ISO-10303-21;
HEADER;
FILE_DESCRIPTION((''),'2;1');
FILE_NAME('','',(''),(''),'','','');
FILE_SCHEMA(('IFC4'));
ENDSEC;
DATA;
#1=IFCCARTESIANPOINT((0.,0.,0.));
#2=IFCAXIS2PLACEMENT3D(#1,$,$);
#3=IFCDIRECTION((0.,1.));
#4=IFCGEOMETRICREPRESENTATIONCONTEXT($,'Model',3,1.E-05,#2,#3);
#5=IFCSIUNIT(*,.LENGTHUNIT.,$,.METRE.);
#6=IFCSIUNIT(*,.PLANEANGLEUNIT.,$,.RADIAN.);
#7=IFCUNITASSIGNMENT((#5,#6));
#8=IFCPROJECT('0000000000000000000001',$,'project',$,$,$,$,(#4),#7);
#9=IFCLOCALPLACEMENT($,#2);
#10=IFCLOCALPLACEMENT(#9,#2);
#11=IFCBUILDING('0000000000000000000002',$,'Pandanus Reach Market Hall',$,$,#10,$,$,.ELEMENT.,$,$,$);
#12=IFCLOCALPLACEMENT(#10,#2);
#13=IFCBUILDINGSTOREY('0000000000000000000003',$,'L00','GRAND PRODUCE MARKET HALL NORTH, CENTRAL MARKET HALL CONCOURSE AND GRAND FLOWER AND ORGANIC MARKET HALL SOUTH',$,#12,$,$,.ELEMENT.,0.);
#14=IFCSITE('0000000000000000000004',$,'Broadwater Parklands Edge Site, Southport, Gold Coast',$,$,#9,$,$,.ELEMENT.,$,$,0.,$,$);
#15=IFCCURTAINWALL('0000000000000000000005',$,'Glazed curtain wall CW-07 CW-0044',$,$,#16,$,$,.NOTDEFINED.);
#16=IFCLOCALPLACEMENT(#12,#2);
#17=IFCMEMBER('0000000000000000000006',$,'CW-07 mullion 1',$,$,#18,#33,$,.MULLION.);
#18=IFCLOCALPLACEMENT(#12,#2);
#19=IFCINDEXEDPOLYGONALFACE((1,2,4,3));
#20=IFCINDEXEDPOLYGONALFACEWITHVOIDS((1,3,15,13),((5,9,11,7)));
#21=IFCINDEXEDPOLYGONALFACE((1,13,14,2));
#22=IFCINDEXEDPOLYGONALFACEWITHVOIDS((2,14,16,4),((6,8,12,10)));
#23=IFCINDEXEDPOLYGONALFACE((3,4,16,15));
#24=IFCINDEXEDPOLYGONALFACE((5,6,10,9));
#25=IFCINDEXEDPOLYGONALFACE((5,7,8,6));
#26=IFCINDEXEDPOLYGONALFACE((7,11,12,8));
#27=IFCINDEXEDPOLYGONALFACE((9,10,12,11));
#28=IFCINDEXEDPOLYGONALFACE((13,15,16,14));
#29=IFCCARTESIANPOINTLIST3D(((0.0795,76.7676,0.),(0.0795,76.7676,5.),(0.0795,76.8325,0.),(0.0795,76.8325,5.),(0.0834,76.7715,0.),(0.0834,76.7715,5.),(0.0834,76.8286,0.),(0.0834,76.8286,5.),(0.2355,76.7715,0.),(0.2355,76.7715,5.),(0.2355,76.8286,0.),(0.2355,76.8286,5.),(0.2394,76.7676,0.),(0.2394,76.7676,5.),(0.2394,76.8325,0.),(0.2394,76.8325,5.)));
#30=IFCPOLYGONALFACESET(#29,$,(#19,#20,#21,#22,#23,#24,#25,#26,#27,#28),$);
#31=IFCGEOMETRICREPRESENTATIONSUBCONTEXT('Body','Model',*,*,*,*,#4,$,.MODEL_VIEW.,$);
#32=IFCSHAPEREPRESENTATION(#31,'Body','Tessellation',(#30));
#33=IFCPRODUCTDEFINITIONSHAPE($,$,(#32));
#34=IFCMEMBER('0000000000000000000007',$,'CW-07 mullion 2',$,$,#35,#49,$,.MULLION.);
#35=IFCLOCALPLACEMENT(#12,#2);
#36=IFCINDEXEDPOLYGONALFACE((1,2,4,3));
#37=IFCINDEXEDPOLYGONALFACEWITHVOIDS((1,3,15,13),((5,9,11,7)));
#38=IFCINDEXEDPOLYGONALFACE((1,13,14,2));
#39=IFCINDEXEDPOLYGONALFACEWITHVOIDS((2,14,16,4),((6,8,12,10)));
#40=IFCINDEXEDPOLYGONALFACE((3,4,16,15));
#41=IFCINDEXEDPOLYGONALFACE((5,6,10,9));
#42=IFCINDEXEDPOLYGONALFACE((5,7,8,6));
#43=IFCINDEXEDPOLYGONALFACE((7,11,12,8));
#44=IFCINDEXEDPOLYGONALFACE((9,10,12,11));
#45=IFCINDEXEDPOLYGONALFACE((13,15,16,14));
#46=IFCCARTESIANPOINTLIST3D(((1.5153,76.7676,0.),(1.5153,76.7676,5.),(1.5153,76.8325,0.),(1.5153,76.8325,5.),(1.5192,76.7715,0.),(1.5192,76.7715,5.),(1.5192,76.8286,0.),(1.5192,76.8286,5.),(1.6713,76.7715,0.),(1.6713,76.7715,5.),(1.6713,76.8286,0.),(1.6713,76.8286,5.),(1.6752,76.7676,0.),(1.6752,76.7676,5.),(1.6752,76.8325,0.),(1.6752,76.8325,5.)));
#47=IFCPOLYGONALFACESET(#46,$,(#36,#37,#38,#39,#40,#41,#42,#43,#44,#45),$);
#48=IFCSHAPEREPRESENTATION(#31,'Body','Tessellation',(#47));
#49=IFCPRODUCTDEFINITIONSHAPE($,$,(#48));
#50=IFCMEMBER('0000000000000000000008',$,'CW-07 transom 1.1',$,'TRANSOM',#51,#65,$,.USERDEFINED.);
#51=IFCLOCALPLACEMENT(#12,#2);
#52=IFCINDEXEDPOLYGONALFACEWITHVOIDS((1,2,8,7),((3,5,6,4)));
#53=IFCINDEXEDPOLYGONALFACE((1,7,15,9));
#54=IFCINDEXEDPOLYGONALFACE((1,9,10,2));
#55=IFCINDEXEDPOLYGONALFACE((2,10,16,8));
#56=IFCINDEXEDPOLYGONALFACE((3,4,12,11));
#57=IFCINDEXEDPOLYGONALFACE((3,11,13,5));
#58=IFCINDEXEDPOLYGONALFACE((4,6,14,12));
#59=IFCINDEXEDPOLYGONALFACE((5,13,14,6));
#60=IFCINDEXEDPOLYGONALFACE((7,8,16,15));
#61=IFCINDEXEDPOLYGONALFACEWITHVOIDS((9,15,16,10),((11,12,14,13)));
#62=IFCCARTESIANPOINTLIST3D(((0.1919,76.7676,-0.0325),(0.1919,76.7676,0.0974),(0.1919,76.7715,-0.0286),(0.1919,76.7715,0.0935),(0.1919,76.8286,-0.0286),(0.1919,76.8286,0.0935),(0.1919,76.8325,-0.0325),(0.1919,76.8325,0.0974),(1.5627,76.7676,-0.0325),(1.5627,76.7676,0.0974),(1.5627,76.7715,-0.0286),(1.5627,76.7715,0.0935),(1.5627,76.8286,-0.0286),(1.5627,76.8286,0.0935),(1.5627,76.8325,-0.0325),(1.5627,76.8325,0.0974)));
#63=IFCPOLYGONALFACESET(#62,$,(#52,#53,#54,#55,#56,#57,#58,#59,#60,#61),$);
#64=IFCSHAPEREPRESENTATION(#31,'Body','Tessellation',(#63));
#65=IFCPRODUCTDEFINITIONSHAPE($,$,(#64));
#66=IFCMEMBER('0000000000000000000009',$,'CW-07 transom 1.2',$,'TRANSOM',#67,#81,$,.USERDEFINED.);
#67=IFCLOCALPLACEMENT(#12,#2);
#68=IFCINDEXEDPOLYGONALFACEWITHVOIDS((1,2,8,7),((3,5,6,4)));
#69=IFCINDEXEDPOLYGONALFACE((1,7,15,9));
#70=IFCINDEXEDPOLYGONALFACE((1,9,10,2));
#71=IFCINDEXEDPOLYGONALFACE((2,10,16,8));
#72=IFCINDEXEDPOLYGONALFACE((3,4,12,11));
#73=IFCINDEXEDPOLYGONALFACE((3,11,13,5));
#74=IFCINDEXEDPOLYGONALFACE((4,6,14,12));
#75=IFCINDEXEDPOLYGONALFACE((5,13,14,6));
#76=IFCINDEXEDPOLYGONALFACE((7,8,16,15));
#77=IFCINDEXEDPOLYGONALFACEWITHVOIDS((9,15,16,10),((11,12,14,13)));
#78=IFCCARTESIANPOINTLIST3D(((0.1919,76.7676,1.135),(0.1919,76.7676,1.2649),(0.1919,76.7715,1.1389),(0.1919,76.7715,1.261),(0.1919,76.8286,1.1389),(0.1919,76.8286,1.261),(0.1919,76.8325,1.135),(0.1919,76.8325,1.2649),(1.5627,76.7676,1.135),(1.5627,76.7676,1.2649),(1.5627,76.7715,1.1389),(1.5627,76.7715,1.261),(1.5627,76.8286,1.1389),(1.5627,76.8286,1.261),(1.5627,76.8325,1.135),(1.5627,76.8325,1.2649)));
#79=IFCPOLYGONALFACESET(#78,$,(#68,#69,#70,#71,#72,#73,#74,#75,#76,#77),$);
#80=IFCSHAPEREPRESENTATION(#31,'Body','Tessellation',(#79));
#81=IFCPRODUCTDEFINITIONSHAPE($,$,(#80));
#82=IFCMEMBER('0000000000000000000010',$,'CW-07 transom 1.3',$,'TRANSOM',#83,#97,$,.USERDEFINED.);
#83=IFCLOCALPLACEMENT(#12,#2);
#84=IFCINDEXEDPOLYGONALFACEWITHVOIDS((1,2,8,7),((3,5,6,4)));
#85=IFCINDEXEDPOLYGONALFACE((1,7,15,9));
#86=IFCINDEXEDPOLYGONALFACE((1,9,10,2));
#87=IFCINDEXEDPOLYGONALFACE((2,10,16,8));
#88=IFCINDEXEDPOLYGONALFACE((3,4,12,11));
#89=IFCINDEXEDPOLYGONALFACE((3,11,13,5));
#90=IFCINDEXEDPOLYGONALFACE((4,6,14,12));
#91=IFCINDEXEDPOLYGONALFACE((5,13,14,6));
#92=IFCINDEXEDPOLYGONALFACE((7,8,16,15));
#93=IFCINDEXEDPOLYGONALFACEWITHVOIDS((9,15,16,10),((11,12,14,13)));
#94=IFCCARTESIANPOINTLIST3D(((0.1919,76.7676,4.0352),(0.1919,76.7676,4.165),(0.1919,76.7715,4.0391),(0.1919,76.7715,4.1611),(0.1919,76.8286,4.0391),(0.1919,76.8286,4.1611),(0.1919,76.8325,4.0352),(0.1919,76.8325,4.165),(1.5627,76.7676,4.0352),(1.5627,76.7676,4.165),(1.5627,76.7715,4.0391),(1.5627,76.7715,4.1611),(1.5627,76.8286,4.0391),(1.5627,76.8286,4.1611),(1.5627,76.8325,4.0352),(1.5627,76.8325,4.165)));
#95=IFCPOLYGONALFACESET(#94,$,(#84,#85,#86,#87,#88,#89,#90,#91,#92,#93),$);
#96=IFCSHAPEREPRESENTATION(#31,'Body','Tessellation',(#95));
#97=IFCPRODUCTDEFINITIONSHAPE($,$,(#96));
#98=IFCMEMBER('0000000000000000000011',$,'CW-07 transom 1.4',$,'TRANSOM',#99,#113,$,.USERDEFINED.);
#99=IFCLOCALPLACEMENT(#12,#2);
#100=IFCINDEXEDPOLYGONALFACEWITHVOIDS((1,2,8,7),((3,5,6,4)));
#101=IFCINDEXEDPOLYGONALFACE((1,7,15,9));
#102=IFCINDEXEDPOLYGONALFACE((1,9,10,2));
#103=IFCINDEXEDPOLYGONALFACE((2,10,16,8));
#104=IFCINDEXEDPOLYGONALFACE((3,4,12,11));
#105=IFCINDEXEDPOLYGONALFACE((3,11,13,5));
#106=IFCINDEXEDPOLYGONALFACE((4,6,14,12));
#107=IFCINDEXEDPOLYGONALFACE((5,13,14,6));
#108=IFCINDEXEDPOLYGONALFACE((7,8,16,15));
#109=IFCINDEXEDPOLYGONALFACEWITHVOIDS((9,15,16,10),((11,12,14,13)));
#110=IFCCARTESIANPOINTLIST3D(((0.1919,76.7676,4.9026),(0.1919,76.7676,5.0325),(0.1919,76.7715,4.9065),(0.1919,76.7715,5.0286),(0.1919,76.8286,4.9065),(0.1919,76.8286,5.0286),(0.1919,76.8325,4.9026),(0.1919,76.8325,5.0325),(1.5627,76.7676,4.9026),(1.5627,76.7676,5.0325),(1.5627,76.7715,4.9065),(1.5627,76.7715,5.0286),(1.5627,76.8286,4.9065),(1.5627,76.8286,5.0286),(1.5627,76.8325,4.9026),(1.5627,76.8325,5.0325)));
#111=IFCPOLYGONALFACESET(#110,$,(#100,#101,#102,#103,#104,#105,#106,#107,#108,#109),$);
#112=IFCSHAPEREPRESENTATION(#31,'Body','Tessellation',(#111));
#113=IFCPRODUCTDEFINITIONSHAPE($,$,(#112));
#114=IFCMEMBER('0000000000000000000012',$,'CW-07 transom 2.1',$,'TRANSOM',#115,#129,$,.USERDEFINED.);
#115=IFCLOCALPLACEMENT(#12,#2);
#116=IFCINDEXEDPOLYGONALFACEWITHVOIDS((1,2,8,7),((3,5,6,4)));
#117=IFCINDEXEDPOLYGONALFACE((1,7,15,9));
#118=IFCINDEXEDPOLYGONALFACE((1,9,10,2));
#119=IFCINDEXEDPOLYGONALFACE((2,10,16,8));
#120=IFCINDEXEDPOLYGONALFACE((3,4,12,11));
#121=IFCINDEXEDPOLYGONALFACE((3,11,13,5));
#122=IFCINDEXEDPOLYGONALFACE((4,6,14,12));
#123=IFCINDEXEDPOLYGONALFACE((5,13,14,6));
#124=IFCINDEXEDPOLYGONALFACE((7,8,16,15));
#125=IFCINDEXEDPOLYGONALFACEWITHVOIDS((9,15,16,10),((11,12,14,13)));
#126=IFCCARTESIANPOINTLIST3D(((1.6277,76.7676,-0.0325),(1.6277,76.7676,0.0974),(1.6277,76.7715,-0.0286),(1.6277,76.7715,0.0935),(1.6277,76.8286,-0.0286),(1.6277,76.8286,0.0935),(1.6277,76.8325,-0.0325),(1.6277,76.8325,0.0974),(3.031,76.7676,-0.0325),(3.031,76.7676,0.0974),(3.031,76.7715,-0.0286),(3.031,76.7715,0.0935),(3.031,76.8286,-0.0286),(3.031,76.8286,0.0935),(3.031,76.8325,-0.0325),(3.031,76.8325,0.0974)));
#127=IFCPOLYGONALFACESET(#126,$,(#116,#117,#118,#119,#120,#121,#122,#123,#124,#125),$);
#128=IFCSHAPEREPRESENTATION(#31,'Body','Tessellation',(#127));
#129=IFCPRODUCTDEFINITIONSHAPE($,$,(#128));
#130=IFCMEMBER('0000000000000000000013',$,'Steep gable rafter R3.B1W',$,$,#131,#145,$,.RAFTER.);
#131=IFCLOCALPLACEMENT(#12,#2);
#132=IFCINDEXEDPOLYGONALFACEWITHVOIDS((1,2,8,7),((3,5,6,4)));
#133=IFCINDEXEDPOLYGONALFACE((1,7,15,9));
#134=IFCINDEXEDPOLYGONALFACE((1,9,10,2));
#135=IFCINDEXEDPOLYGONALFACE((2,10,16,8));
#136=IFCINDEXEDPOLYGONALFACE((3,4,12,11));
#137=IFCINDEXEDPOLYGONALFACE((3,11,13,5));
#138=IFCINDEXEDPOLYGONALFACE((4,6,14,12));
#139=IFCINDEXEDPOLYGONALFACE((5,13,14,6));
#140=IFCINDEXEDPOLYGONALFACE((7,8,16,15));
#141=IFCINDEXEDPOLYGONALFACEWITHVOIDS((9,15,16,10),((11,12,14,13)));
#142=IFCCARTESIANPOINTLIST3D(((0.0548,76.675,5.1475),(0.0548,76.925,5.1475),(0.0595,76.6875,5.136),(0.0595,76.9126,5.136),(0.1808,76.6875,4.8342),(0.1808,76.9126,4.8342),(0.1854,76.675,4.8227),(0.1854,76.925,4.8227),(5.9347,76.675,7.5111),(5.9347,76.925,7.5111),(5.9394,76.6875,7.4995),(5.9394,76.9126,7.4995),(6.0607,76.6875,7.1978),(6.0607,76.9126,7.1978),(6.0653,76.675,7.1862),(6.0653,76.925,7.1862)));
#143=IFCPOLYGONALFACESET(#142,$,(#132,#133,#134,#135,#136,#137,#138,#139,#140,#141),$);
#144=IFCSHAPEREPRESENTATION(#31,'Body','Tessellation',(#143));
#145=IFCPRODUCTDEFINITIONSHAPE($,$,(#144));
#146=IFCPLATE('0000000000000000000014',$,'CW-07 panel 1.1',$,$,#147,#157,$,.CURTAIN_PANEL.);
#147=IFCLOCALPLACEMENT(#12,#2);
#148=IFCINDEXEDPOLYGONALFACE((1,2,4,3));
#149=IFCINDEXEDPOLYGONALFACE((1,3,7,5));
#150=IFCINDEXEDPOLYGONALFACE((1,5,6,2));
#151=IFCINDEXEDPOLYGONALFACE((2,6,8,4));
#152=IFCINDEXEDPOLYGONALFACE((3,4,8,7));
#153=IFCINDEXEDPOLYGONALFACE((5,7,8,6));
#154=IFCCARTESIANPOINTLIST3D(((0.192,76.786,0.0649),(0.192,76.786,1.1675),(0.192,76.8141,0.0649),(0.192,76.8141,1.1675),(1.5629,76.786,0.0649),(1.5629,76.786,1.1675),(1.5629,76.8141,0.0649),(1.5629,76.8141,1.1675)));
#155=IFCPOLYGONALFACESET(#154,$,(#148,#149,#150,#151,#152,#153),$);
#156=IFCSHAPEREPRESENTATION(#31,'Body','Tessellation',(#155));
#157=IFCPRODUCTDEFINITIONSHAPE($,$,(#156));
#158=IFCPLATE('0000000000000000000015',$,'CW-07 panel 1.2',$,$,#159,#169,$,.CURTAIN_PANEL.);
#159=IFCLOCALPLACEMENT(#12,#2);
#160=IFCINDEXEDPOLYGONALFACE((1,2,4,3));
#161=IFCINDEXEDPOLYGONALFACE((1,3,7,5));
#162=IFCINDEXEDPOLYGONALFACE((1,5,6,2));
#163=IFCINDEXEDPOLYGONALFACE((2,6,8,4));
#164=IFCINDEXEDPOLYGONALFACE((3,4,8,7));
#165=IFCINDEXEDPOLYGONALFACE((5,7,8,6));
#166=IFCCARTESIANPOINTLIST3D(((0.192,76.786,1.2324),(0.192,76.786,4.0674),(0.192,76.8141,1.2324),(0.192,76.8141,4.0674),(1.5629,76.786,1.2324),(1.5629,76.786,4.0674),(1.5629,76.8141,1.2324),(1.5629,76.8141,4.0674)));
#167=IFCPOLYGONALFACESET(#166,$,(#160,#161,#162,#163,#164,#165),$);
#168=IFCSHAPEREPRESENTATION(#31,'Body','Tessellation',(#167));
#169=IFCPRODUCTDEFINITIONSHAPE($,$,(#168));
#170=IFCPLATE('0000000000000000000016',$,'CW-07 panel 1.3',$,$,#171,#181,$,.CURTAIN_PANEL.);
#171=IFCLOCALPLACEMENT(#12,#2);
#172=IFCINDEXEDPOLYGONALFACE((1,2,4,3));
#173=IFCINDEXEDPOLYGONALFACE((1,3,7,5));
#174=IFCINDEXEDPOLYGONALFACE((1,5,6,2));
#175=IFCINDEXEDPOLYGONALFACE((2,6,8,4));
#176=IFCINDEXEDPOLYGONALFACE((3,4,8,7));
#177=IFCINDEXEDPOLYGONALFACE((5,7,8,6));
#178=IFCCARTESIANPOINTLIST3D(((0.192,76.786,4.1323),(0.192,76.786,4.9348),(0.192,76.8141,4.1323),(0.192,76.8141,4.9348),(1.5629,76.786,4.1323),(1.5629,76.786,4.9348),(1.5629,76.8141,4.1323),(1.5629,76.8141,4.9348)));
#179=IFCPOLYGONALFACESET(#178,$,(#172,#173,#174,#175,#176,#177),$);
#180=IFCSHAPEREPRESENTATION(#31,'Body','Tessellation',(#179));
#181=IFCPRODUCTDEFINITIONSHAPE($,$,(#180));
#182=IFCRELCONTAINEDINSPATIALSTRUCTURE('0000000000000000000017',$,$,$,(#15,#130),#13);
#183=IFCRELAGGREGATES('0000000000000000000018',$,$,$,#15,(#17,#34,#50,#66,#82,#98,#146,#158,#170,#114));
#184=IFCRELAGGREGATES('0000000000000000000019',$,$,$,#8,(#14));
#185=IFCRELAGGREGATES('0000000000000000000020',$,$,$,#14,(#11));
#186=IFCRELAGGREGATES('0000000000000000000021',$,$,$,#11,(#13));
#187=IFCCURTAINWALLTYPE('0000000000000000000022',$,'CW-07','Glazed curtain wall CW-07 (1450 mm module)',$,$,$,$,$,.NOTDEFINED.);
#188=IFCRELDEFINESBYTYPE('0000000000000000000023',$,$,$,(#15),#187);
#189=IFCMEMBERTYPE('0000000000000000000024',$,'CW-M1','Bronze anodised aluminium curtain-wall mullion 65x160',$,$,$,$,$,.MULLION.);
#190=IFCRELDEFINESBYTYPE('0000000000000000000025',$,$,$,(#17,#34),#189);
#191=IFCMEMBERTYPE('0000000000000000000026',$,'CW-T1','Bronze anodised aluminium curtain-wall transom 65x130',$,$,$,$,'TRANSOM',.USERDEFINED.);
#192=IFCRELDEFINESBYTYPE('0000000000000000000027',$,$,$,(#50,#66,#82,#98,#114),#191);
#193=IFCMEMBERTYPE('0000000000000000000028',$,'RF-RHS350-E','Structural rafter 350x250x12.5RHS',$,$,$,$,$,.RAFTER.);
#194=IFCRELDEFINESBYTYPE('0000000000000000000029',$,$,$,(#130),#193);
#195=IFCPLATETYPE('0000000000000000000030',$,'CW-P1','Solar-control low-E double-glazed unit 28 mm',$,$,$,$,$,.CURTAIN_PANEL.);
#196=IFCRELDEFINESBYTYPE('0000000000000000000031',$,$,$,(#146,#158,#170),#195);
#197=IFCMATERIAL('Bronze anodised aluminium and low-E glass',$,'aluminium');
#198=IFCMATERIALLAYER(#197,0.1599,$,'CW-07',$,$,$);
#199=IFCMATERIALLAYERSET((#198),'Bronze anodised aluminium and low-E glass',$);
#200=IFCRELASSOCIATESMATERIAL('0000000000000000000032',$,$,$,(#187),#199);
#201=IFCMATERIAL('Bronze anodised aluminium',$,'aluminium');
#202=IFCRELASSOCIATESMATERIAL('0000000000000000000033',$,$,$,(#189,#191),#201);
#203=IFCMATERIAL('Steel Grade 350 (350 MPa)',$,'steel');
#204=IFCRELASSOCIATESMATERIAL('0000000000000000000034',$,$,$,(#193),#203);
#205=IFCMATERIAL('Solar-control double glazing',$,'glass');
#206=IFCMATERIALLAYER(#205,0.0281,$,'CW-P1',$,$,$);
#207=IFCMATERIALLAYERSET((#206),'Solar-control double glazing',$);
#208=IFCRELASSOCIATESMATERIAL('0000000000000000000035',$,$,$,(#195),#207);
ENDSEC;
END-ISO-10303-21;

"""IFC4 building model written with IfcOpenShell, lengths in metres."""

from ifc_helpers import new_model, si_unit, direction, frame, origin, origin_2d, place, context, subcontext, project, spatial, rectangle, hollow_rectangle, extrude, material, layer, layer_set, material_profile, profile_set, type_object, element, aggregate, save


model = new_model("IFC4")

# Units and contexts
model_context = context("Model", 3, precision=1e-05, world=origin(), true_north=direction((0.0, 1.0)))
body_context = subcontext(model_context, "Body", "Model", "MODEL_VIEW")
ifc_project = project(units=[si_unit("LENGTHUNIT", "METRE"), si_unit("PLANEANGLEUNIT", "RADIAN")], contexts=[model_context])

# Site, building, storey
site_placement = place(None, origin())
site = spatial("IfcSite", under=ifc_project, at=site_placement, Name="Broadwater Parklands Edge Site, Southport, Gold Coast", CompositionType="ELEMENT", RefElevation=0.0)
building_placement = place(site_placement, origin())
building = spatial("IfcBuilding", under=site, at=building_placement, Name="Pandanus Reach Market Hall", CompositionType="ELEMENT")
storey_placement = place(building_placement, origin())
storey = spatial("IfcBuildingStorey", under=building, at=storey_placement, Name="L00", Description="GRAND PRODUCE MARKET HALL NORTH, CENTRAL MARKET HALL CONCOURSE AND GRAND FLOWER AND ORGANIC MARKET HALL SOUTH", CompositionType="ELEMENT", Elevation=0.0)

# Shared definitions
ifc_material_1 = material(Name="Steel Grade 350 (350 MPa)", Category="steel")

# Curtain wall, members
ifc_material_2 = material(Name="Bronze anodised aluminium and low-E glass", Category="aluminium")
ifc_layer_1 = layer(ifc_material_2, 0.1599, Name="CW-07")
ifc_layer_set_1 = layer_set([ifc_layer_1], Name="Bronze anodised aluminium and low-E glass")
curtain_wall_type = type_object("IfcCurtainWallType", Name="CW-07", Description="Glazed curtain wall CW-07 (1450 mm module)", PredefinedType="NOTDEFINED", material=ifc_layer_set_1)
curtain_wall_placement = place(storey_placement, origin())
curtain_wall = element("IfcCurtainWall", 1, at=curtain_wall_placement, inside=storey, type_object=curtain_wall_type, Name="Glazed curtain wall CW-07 CW-0044", PredefinedType="NOTDEFINED")
ifc_material_3 = material(Name="Bronze anodised aluminium", Category="aluminium")
ifc_material_profile_1 = material_profile(ifc_material_3, hollow_rectangle(XDim=0.0649, YDim=0.1599, WallThickness=0.0039, at=origin_2d()), Name="ALU65x160", Category="LoadBearing")
ifc_profile_set_1 = profile_set([ifc_material_profile_1], Name="Bronze anodised aluminium")
member_type_1 = type_object("IfcMemberType", Name="CW-M1", Description="Bronze anodised aluminium curtain-wall mullion 65x160", PredefinedType="MULLION", material=ifc_profile_set_1)
member_1_placement = place(storey_placement, frame((0.1594, 76.8, 0.0), z_axis=(0.0, 0.0, 1.0), x_axis=(0.0, 1.0, 0.0)))
member_1 = element("IfcMember", 2, at=member_1_placement, type_object=member_type_1, Name="CW-07 mullion 1", PredefinedType="MULLION", context=body_context, shape_type="SweptSolid", body=[
    extrude(hollow_rectangle(XDim=0.0649, YDim=0.1599, WallThickness=0.0039, at=origin_2d()), origin(), (0.0, 0.0, 1.0), 5.0),
])
member_2_placement = place(storey_placement, frame((1.5952, 76.8, 0.0), z_axis=(0.0, 0.0, 1.0), x_axis=(0.0, 1.0, 0.0)))
member_2 = element("IfcMember", 3, at=member_2_placement, type_object=member_type_1, Name="CW-07 mullion 2", PredefinedType="MULLION", context=body_context, shape_type="SweptSolid", body=[
    extrude(hollow_rectangle(XDim=0.0649, YDim=0.1599, WallThickness=0.0039, at=origin_2d()), origin(), (0.0, 0.0, 1.0), 5.0),
])
ifc_material_profile_2 = material_profile(ifc_material_3, hollow_rectangle(XDim=0.0649, YDim=0.1299, WallThickness=0.0039, at=origin_2d()), Name="ALU65x130", Category="LoadBearing")
ifc_profile_set_2 = profile_set([ifc_material_profile_2], Name="Bronze anodised aluminium")
member_type_2 = type_object("IfcMemberType", Name="CW-T1", Description="Bronze anodised aluminium curtain-wall transom 65x130", ElementType="TRANSOM", PredefinedType="USERDEFINED", material=ifc_profile_set_2)
member_3_placement = place(storey_placement, frame((0.1919, 76.8, 0.0325), z_axis=(1.0, 0.0, 0.0), x_axis=(0.0, 1.0, 0.0)))
member_3 = element("IfcMember", 4, at=member_3_placement, type_object=member_type_2, Name="CW-07 transom 1.1", ObjectType="TRANSOM", PredefinedType="USERDEFINED", context=body_context, shape_type="SweptSolid", body=[
    extrude(hollow_rectangle(XDim=0.0649, YDim=0.1299, WallThickness=0.0039, at=origin_2d()), origin(), (0.0, 0.0, 1.0), 1.3708),
])
member_4_placement = place(storey_placement, frame((0.1919, 76.8, 1.2), z_axis=(1.0, 0.0, 0.0), x_axis=(0.0, 1.0, 0.0)))
member_4 = element("IfcMember", 5, at=member_4_placement, type_object=member_type_2, Name="CW-07 transom 1.2", ObjectType="TRANSOM", PredefinedType="USERDEFINED", context=body_context, shape_type="SweptSolid", body=[
    extrude(hollow_rectangle(XDim=0.0649, YDim=0.1299, WallThickness=0.0039, at=origin_2d()), origin(), (0.0, 0.0, 1.0), 1.3708),
])
member_5_placement = place(storey_placement, frame((0.1919, 76.8, 4.1001), z_axis=(1.0, 0.0, 0.0), x_axis=(0.0, 1.0, 0.0)))
member_5 = element("IfcMember", 6, at=member_5_placement, type_object=member_type_2, Name="CW-07 transom 1.3", ObjectType="TRANSOM", PredefinedType="USERDEFINED", context=body_context, shape_type="SweptSolid", body=[
    extrude(hollow_rectangle(XDim=0.0649, YDim=0.1299, WallThickness=0.0039, at=origin_2d()), origin(), (0.0, 0.0, 1.0), 1.3708),
])
member_6_placement = place(storey_placement, frame((0.1919, 76.8, 4.9675), z_axis=(1.0, 0.0, 0.0), x_axis=(0.0, 1.0, 0.0)))
member_6 = element("IfcMember", 7, at=member_6_placement, type_object=member_type_2, Name="CW-07 transom 1.4", ObjectType="TRANSOM", PredefinedType="USERDEFINED", context=body_context, shape_type="SweptSolid", body=[
    extrude(hollow_rectangle(XDim=0.0649, YDim=0.1299, WallThickness=0.0039, at=origin_2d()), origin(), (0.0, 0.0, 1.0), 1.3708),
])
member_7_placement = place(storey_placement, frame((1.6277, 76.8, 0.0325), z_axis=(1.0, 0.0, 0.0), x_axis=(0.0, 1.0, 0.0)))
member_7 = element("IfcMember", 8, at=member_7_placement, type_object=member_type_2, Name="CW-07 transom 2.1", ObjectType="TRANSOM", PredefinedType="USERDEFINED", context=body_context, shape_type="SweptSolid", body=[
    extrude(hollow_rectangle(XDim=0.0649, YDim=0.1299, WallThickness=0.0039, at=origin_2d()), origin(), (0.0, 0.0, 1.0), 1.4033),
])

# Member
ifc_material_profile_3 = material_profile(ifc_material_1, hollow_rectangle(XDim=0.25, YDim=0.3501, WallThickness=0.0125, at=origin_2d()), Name="350x250x12.5RHS", Category="LoadBearing")
ifc_profile_set_3 = profile_set([ifc_material_profile_3], Name="Steel Grade 350 (350 MPa)")
member_type_3 = type_object("IfcMemberType", Name="RF-RHS350-E", Description="Structural rafter 350x250x12.5RHS", PredefinedType="RAFTER", material=ifc_profile_set_3)
member_8_placement = place(storey_placement, frame((0.1201, 76.8, 4.9851), z_axis=(0.927846, 0.0, 0.372964), x_axis=(0.0, 1.0, 0.0)))
element("IfcMember", 9, at=member_8_placement, inside=storey, type_object=member_type_3, Name="Steep gable rafter R3.B1W", PredefinedType="RAFTER", context=body_context, shape_type="SweptSolid", body=[
    extrude(hollow_rectangle(XDim=0.25, YDim=0.3501, WallThickness=0.0125, at=origin_2d()), origin(), (0.0, 0.0, 1.0), 6.3372),
])

# Plates
ifc_material_4 = material(Name="Solar-control double glazing", Category="glass")
ifc_layer_2 = layer(ifc_material_4, 0.0281, Name="CW-P1")
ifc_layer_set_2 = layer_set([ifc_layer_2], Name="Solar-control double glazing")
plate_type = type_object("IfcPlateType", Name="CW-P1", Description="Solar-control low-E double-glazed unit 28 mm", PredefinedType="CURTAIN_PANEL", material=ifc_layer_set_2)
plate_1_placement = place(storey_placement, frame((0.8774, 76.8, 0.0649), z_axis=(0.0, 0.0, 1.0), x_axis=(1.0, 0.0, 0.0)))
plate_1 = element("IfcPlate", 10, at=plate_1_placement, type_object=plate_type, Name="CW-07 panel 1.1", PredefinedType="CURTAIN_PANEL", context=body_context, shape_type="SweptSolid", body=[
    extrude(rectangle(XDim=1.3708, YDim=0.0281, at=origin_2d()), origin(), (0.0, 0.0, 1.0), 1.1025),
])
plate_2_placement = place(storey_placement, frame((0.8774, 76.8, 1.2324), z_axis=(0.0, 0.0, 1.0), x_axis=(1.0, 0.0, 0.0)))
plate_2 = element("IfcPlate", 11, at=plate_2_placement, type_object=plate_type, Name="CW-07 panel 1.2", PredefinedType="CURTAIN_PANEL", context=body_context, shape_type="SweptSolid", body=[
    extrude(rectangle(XDim=1.3708, YDim=0.0281, at=origin_2d()), origin(), (0.0, 0.0, 1.0), 2.835),
])
plate_3_placement = place(storey_placement, frame((0.8774, 76.8, 4.1323), z_axis=(0.0, 0.0, 1.0), x_axis=(1.0, 0.0, 0.0)))
plate_3 = element("IfcPlate", 12, at=plate_3_placement, type_object=plate_type, Name="CW-07 panel 1.3", PredefinedType="CURTAIN_PANEL", context=body_context, shape_type="SweptSolid", body=[
    extrude(rectangle(XDim=1.3708, YDim=0.0281, at=origin_2d()), origin(), (0.0, 0.0, 1.0), 0.8025),
])
aggregate(curtain_wall, [member_1, member_2, member_3, member_4, member_5, member_6, plate_1, plate_2, plate_3, member_7])

save(model, "model.ifc")
